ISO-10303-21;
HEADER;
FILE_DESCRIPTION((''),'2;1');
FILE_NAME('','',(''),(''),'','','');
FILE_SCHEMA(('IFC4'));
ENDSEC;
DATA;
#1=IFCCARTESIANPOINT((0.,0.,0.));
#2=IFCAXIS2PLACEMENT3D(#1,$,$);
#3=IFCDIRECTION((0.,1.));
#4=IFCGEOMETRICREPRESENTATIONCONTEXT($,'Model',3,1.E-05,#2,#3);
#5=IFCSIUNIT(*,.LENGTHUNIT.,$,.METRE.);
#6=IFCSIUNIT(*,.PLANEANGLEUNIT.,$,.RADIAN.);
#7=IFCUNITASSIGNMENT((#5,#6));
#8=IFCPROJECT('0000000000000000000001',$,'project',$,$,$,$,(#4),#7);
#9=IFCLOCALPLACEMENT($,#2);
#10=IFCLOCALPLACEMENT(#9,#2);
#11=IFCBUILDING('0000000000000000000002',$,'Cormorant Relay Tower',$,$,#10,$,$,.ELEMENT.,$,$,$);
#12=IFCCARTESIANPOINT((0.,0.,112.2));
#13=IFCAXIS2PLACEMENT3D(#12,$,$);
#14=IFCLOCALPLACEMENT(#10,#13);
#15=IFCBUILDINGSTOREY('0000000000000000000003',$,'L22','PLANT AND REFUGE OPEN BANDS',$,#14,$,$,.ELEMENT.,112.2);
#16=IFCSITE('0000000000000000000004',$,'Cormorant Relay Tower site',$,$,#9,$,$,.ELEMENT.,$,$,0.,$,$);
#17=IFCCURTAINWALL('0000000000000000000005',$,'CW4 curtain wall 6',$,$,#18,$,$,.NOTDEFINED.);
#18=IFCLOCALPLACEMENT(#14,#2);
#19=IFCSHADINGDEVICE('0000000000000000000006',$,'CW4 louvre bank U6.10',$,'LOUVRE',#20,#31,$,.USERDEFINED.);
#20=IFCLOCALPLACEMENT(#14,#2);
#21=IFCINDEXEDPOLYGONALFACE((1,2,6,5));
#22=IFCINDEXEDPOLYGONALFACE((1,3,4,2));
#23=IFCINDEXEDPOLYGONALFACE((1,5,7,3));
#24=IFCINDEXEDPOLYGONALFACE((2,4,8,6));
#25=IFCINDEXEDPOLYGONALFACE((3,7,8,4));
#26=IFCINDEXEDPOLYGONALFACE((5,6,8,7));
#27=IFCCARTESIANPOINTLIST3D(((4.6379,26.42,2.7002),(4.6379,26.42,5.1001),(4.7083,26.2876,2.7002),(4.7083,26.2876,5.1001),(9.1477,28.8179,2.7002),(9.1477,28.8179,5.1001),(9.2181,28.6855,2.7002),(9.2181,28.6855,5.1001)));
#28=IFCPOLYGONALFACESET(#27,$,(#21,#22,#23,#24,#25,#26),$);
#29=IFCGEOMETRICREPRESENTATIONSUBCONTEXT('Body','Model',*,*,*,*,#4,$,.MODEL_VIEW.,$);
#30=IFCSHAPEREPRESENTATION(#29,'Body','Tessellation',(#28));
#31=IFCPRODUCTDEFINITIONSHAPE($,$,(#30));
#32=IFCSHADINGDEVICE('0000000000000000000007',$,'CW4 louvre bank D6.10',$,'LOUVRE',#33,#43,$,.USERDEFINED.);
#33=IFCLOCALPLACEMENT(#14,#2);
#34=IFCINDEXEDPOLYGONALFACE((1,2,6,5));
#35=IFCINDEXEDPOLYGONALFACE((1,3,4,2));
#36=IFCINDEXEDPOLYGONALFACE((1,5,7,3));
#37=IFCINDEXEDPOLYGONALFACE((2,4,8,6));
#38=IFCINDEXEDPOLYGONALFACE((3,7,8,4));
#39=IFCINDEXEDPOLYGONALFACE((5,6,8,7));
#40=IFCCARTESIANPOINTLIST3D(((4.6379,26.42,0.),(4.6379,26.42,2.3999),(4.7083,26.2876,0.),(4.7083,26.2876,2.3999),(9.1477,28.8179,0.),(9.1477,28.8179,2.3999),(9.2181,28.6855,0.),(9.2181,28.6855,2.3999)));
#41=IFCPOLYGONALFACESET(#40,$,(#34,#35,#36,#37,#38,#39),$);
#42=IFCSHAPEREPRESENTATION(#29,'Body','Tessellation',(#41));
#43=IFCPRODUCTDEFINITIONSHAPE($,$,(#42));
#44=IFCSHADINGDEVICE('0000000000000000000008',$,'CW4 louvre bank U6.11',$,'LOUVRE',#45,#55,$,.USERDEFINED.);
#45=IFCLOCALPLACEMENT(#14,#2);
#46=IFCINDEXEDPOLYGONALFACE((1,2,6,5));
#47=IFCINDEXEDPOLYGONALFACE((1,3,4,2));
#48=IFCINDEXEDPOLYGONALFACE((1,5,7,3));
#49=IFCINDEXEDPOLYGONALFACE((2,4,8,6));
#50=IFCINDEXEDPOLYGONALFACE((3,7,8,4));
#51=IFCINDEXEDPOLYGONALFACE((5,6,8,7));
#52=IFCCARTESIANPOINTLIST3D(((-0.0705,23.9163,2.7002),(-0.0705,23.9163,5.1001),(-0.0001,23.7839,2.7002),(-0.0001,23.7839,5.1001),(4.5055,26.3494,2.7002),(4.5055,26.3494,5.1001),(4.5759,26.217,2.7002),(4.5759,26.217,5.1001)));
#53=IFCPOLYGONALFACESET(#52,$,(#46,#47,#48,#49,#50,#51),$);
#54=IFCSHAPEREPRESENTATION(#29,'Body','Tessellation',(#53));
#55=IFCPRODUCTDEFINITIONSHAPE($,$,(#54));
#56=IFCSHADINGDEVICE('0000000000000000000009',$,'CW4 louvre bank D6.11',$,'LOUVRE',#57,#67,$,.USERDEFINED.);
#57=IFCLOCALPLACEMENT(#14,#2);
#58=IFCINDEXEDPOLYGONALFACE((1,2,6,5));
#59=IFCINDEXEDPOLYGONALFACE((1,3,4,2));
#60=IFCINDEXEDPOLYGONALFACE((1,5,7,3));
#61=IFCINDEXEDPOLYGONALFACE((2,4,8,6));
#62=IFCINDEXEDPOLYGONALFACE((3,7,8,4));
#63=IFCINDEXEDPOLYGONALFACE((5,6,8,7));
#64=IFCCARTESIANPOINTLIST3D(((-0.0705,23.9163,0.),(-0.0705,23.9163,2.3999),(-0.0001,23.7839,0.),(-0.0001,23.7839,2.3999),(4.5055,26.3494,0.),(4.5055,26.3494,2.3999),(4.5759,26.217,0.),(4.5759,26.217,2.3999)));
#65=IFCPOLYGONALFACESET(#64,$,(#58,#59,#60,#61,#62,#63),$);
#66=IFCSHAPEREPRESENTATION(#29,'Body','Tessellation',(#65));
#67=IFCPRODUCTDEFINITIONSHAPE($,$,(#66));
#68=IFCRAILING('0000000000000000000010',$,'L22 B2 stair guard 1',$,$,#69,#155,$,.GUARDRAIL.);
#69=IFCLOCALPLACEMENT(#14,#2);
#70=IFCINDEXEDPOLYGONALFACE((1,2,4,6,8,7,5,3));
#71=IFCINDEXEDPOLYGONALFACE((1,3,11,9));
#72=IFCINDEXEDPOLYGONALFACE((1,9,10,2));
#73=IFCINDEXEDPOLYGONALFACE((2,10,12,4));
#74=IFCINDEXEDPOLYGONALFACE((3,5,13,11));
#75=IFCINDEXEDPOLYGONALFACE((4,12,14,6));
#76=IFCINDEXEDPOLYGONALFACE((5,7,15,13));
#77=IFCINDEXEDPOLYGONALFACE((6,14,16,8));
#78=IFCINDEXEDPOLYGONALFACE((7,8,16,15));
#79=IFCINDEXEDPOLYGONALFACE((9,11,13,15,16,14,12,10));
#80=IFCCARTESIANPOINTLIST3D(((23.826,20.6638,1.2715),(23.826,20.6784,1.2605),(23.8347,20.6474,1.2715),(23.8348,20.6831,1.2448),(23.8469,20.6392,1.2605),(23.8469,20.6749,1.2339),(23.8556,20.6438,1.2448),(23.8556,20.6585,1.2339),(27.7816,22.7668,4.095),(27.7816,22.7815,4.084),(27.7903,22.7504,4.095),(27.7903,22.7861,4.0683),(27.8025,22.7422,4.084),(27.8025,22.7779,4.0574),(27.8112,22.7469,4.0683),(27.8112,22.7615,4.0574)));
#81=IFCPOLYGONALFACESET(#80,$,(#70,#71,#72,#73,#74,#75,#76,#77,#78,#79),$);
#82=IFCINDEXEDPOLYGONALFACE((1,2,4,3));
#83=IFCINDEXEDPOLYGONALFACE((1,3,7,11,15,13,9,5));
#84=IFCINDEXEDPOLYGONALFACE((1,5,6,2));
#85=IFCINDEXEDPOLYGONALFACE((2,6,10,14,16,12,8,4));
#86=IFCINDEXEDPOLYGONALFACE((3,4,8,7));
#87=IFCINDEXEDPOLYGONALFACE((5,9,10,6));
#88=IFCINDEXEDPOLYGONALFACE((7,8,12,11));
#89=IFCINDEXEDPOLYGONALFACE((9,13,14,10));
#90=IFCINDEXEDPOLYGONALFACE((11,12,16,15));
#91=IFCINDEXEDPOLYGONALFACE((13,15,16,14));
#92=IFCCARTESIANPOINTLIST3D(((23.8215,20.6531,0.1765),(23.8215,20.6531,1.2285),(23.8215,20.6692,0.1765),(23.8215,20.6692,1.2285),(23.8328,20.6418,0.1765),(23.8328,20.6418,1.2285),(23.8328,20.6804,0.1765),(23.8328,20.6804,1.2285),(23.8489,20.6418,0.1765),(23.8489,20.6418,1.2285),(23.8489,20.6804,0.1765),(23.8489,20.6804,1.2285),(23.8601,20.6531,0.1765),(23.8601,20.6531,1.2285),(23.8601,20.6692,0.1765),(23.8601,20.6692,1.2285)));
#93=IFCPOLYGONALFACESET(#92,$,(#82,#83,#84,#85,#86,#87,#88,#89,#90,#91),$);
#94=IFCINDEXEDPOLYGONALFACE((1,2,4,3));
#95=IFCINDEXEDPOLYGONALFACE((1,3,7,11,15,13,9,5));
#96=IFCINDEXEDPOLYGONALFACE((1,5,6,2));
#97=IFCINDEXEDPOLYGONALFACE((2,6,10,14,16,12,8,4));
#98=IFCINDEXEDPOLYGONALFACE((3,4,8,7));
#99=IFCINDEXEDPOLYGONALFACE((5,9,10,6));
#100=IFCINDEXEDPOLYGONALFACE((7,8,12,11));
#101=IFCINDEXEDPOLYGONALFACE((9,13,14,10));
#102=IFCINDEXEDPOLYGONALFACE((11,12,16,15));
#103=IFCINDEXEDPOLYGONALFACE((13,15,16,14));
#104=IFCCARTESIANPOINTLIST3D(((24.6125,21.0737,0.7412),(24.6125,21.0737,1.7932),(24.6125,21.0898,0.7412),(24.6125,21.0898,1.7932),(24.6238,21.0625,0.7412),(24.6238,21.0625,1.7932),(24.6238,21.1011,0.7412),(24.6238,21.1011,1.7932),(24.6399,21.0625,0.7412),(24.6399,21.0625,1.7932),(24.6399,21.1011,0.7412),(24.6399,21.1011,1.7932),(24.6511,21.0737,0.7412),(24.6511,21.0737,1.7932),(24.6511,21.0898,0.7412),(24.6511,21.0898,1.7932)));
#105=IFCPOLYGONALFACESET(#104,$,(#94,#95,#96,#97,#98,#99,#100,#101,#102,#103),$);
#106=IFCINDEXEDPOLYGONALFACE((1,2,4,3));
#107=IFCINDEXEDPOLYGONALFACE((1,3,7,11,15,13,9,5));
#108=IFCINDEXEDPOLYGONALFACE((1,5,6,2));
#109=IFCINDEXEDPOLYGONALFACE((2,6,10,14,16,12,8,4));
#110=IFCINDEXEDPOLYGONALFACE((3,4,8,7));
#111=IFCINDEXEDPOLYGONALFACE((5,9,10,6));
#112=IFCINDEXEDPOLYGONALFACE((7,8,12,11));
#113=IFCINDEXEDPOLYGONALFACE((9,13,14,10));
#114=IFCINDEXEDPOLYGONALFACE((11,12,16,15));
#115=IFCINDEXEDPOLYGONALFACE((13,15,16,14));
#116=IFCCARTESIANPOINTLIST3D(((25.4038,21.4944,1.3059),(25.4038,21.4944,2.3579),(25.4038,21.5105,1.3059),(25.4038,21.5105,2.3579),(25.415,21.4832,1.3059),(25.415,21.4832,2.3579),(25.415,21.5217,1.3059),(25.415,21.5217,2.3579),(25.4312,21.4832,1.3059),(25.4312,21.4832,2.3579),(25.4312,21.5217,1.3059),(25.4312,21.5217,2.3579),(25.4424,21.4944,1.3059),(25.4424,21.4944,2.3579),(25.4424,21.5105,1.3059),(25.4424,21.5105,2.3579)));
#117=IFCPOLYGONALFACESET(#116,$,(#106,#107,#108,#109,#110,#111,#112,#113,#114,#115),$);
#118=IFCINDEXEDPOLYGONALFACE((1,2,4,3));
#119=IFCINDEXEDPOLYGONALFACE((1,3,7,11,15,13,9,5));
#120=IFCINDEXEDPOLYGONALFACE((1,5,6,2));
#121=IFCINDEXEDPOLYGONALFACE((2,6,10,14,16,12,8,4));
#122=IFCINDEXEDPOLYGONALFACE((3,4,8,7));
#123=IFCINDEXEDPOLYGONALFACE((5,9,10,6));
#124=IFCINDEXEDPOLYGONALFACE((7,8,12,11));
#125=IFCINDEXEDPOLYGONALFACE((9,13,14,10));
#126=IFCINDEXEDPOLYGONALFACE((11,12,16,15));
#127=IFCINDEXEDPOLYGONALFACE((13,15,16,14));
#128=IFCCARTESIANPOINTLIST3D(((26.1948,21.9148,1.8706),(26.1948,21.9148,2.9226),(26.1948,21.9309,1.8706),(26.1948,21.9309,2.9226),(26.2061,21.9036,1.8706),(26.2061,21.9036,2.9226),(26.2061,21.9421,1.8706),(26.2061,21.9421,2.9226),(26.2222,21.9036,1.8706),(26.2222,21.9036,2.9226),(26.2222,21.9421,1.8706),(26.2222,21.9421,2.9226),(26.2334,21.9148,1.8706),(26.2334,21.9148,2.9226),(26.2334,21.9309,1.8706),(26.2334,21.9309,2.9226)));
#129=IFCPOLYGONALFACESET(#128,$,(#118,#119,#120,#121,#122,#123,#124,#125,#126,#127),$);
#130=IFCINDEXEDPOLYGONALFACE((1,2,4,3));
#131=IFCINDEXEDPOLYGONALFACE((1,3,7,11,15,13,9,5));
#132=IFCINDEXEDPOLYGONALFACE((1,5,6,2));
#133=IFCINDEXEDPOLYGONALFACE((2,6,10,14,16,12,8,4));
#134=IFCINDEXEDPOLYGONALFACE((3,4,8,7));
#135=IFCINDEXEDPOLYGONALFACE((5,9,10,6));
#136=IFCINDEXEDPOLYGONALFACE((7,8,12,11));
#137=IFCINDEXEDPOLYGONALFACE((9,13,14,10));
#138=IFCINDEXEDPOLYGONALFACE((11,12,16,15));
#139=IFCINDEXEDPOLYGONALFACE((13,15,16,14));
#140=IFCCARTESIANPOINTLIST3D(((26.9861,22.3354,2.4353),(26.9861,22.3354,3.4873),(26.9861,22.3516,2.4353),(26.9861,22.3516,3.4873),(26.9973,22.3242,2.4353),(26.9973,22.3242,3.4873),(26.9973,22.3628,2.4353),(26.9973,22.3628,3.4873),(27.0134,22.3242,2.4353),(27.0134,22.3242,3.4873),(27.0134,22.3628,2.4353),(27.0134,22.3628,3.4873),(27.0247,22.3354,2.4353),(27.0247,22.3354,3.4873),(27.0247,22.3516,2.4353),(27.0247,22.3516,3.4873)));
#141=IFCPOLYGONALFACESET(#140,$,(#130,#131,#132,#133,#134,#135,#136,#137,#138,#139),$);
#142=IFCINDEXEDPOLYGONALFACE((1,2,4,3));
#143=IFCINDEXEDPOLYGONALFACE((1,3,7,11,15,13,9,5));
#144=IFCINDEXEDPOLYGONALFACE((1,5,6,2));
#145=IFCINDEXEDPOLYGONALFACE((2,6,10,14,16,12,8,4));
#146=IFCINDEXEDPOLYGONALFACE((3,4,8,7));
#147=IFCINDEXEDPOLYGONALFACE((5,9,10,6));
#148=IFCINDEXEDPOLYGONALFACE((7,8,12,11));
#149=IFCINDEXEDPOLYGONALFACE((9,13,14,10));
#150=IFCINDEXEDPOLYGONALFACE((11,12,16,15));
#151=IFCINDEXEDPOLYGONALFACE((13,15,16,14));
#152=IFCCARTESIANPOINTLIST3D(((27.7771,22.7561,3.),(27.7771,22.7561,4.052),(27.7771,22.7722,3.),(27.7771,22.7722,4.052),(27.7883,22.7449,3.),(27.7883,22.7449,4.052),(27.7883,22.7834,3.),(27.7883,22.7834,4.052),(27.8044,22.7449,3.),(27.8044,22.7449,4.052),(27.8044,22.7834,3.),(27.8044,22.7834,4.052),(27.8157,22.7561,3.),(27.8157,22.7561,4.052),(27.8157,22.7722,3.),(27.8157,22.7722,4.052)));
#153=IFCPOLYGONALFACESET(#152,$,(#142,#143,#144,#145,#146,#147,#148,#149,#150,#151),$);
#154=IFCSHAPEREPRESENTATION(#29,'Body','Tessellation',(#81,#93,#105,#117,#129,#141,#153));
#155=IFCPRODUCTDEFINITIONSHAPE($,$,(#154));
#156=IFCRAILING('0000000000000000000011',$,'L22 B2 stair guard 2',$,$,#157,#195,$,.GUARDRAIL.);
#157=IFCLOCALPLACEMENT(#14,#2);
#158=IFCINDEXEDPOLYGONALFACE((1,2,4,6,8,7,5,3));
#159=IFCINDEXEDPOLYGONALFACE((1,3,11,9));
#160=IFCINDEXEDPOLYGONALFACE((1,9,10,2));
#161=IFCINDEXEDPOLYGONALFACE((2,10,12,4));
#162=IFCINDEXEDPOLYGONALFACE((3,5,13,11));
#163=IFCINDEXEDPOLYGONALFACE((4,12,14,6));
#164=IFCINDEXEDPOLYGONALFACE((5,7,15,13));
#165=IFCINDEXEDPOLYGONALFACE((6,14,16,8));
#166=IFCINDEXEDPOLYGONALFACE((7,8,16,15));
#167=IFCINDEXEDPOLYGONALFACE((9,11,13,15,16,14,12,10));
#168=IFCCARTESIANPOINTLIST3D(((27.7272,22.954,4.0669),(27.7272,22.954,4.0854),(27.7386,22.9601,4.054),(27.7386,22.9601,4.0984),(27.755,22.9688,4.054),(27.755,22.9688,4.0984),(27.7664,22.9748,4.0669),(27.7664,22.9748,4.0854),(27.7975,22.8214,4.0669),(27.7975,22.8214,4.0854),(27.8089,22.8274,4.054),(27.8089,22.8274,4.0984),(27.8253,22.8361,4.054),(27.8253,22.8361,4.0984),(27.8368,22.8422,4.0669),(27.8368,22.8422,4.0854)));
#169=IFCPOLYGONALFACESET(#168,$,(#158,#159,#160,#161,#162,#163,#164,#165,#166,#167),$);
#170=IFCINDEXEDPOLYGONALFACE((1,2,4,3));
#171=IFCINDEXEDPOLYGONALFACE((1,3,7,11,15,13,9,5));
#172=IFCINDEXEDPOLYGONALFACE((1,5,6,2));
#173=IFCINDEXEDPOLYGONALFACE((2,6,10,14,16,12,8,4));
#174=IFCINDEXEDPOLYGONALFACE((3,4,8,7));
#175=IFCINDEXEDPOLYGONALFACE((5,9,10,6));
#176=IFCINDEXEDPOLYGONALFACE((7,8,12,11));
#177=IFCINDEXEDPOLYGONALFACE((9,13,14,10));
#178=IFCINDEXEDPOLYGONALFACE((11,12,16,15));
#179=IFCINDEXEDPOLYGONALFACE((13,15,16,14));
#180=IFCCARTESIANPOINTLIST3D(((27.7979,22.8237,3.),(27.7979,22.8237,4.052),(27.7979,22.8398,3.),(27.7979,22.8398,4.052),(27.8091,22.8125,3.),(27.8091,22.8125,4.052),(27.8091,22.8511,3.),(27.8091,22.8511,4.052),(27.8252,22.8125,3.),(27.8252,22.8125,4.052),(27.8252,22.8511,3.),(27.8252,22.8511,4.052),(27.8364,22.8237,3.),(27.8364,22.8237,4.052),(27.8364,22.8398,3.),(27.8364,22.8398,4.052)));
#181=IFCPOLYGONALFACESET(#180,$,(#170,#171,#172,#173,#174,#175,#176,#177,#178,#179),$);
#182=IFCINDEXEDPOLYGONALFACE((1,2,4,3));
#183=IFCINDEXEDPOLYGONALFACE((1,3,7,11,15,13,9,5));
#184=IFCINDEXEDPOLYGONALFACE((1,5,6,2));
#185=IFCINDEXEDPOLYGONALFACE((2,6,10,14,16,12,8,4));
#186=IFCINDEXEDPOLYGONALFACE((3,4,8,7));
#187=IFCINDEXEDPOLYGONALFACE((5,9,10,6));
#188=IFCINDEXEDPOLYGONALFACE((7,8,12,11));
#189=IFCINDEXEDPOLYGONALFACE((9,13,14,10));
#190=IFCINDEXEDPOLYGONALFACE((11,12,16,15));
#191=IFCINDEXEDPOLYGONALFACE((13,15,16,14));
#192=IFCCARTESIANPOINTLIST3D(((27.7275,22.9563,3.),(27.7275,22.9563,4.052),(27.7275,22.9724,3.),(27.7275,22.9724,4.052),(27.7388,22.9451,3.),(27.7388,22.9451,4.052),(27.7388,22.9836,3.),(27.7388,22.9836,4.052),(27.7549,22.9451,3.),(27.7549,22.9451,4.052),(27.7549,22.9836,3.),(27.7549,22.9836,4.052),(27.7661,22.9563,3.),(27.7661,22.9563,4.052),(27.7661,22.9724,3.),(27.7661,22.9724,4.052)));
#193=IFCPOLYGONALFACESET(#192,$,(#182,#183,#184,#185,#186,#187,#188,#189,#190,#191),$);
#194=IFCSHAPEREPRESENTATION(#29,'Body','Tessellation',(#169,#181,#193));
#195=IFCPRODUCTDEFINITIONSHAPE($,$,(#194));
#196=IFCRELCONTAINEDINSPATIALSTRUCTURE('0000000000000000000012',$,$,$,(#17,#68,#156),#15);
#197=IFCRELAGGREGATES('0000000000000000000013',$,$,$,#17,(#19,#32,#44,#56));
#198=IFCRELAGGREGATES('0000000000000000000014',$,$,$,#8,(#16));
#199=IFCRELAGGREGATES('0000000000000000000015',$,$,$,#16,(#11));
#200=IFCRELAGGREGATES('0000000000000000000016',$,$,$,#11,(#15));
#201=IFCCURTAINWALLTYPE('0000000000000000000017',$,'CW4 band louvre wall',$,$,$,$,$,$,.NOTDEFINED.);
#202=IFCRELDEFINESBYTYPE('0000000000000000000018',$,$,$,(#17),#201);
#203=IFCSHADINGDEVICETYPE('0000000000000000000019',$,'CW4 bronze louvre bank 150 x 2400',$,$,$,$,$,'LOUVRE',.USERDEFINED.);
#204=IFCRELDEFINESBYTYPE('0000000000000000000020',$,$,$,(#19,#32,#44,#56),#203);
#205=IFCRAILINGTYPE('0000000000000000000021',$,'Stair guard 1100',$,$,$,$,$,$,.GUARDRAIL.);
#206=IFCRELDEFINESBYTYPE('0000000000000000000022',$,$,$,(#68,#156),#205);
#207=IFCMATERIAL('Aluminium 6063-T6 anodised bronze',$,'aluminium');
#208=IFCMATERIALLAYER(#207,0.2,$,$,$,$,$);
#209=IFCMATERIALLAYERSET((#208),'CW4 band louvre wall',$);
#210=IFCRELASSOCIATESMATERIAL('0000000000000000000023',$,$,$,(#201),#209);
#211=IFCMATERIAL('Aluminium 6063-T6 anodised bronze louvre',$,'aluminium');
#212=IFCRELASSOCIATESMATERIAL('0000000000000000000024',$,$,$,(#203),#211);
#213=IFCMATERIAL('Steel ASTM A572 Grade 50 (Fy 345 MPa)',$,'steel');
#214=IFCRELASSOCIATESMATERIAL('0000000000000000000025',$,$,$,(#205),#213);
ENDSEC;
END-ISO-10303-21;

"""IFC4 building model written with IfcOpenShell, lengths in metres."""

from ifc_helpers import new_model, si_unit, direction, frame, origin, origin_2d, place, context, subcontext, project, spatial, polyline, rectangle, outline, extrude, material, layer, layer_set, type_object, element, aggregate, save


model = new_model("IFC4")

# Units and contexts
model_context = context("Model", 3, precision=1e-05, world=origin(), true_north=direction((0.0, 1.0)))
body_context = subcontext(model_context, "Body", "Model", "MODEL_VIEW")
ifc_project = project(units=[si_unit("LENGTHUNIT", "METRE"), si_unit("PLANEANGLEUNIT", "RADIAN")], contexts=[model_context])

# Site, building, storey
site_placement = place(None, origin())
site = spatial("IfcSite", under=ifc_project, at=site_placement, Name="Cormorant Relay Tower site", CompositionType="ELEMENT", RefElevation=0.0)
building_placement = place(site_placement, origin())
building = spatial("IfcBuilding", under=site, at=building_placement, Name="Cormorant Relay Tower", CompositionType="ELEMENT")
storey_placement = place(building_placement, frame((0.0, 0.0, 112.2)))
storey = spatial("IfcBuildingStorey", under=building, at=storey_placement, Name="L22", Description="PLANT AND REFUGE OPEN BANDS", CompositionType="ELEMENT", Elevation=112.2)

# Curtain wall
ifc_material_1 = material(Name="Aluminium 6063-T6 anodised bronze", Category="aluminium")
ifc_layer_1 = layer(ifc_material_1, 0.2)
ifc_layer_set_1 = layer_set([ifc_layer_1], Name="CW4 band louvre wall")
curtain_wall_type = type_object("IfcCurtainWallType", Name="CW4 band louvre wall", PredefinedType="NOTDEFINED", material=ifc_layer_set_1)
curtain_wall_placement = place(storey_placement, origin())
curtain_wall = element("IfcCurtainWall", 1, at=curtain_wall_placement, inside=storey, type_object=curtain_wall_type, Name="CW4 curtain wall 6", PredefinedType="NOTDEFINED")

# Shading devices
ifc_material_2 = material(Name="Aluminium 6063-T6 anodised bronze louvre", Category="aluminium")
shading_device_type = type_object("IfcShadingDeviceType", Name="CW4 bronze louvre bank 150 x 2400", ElementType="LOUVRE", PredefinedType="USERDEFINED", material=ifc_material_2)
shading_device_1_placement = place(storey_placement, frame((6.928, 27.5527, 2.7002), z_axis=(0.0, 0.0, 1.0), x_axis=(-0.882948, -0.469472, 0.0)))
shading_device_1 = element("IfcShadingDevice", 2, at=shading_device_1_placement, type_object=shading_device_type, Name="CW4 louvre bank U6.10", ObjectType="LOUVRE", PredefinedType="USERDEFINED", context=body_context, shape_type="SweptSolid", body=[
    extrude(rectangle(XDim=5.1077, YDim=0.1499, at=origin_2d()), origin(), (0.0, 0.0, 1.0), 2.3999),
])
shading_device_2_placement = place(storey_placement, frame((6.928, 27.5527, 0.0), z_axis=(0.0, 0.0, 1.0), x_axis=(-0.882948, -0.469472, 0.0)))
shading_device_2 = element("IfcShadingDevice", 3, at=shading_device_2_placement, type_object=shading_device_type, Name="CW4 louvre bank D6.10", ObjectType="LOUVRE", PredefinedType="USERDEFINED", context=body_context, shape_type="SweptSolid", body=[
    extrude(rectangle(XDim=5.1077, YDim=0.1499, at=origin_2d()), origin(), (0.0, 0.0, 1.0), 2.3999),
])
shading_device_3_placement = place(storey_placement, frame((2.2527, 25.0667, 2.7002), z_axis=(0.0, 0.0, 1.0), x_axis=(-0.882948, -0.469472, 0.0)))
shading_device_3 = element("IfcShadingDevice", 4, at=shading_device_3_placement, type_object=shading_device_type, Name="CW4 louvre bank U6.11", ObjectType="LOUVRE", PredefinedType="USERDEFINED", context=body_context, shape_type="SweptSolid", body=[
    extrude(rectangle(XDim=5.1826, YDim=0.1499, at=origin_2d()), origin(), (0.0, 0.0, 1.0), 2.3999),
])
shading_device_4_placement = place(storey_placement, frame((2.2527, 25.0667, 0.0), z_axis=(0.0, 0.0, 1.0), x_axis=(-0.882948, -0.469472, 0.0)))
shading_device_4 = element("IfcShadingDevice", 5, at=shading_device_4_placement, type_object=shading_device_type, Name="CW4 louvre bank D6.11", ObjectType="LOUVRE", PredefinedType="USERDEFINED", context=body_context, shape_type="SweptSolid", body=[
    extrude(rectangle(XDim=5.1826, YDim=0.1499, at=origin_2d()), origin(), (0.0, 0.0, 1.0), 2.3999),
])
aggregate(curtain_wall, [shading_device_1, shading_device_2, shading_device_3, shading_device_4])

# Railings
ifc_material_3 = material(Name="Steel ASTM A572 Grade 50 (Fy 345 MPa)", Category="steel")
railing_type_1 = type_object("IfcRailingType", Name="Stair guard 1100", PredefinedType="GUARDRAIL", material=ifc_material_3)
railing_1_placement = place(storey_placement, frame((23.8408, 20.6611, 0.1765)))
element("IfcRailing", 6, at=railing_1_placement, inside=storey, type_object=railing_type_1, Name="L22 B2 stair guard 1", PredefinedType="GUARDRAIL", context=body_context, shape_type="SweptSolid", body=[
    extrude(outline(polyline([(0.0222, 0.0093), (0.0093, 0.0222), (-0.0093, 0.0222), (-0.0222, 0.0093), (-0.0222, -0.0093), (-0.0093, -0.0222), (0.0093, -0.0222), (0.0222, -0.0093), (0.0222, 0.0093)])), frame((0.0, 0.0, 1.0762), z_axis=(0.746981, 0.397142, 0.533196), x_axis=(-0.469439, 0.882965, 0.0)), (0.0, 0.0, 1.0), 5.2954),
    extrude(outline(polyline([(0.0193, 0.0081), (0.0081, 0.0193), (-0.0081, 0.0193), (-0.0193, 0.0081), (-0.0193, -0.0081), (-0.0081, -0.0193), (0.0081, -0.0193), (0.0193, -0.0081), (0.0193, 0.0081)])), origin(), (0.0, 0.0, 1.0), 1.052),
    extrude(outline(polyline([(0.0193, 0.0081), (0.0081, 0.0193), (-0.0081, 0.0193), (-0.0193, 0.0081), (-0.0193, -0.0081), (-0.0081, -0.0193), (0.0081, -0.0193), (0.0193, -0.0081), (0.0193, 0.0081)])), frame((0.791, 0.4207, 0.5647)), (0.0, 0.0, 1.0), 1.052),
    extrude(outline(polyline([(0.0193, 0.0081), (0.0081, 0.0193), (-0.0081, 0.0193), (-0.0193, 0.0081), (-0.0193, -0.0081), (-0.0081, -0.0193), (0.0081, -0.0193), (0.0193, -0.0081), (0.0193, 0.0081)])), frame((1.5823, 0.8413, 1.1294)), (0.0, 0.0, 1.0), 1.052),
    extrude(outline(polyline([(0.0193, 0.0081), (0.0081, 0.0193), (-0.0081, 0.0193), (-0.0193, 0.0081), (-0.0193, -0.0081), (-0.0081, -0.0193), (0.0081, -0.0193), (0.0193, -0.0081), (0.0193, 0.0081)])), frame((2.3733, 1.2617, 1.6941)), (0.0, 0.0, 1.0), 1.052),
    extrude(outline(polyline([(0.0193, 0.0081), (0.0081, 0.0193), (-0.0081, 0.0193), (-0.0193, 0.0081), (-0.0193, -0.0081), (-0.0081, -0.0193), (0.0081, -0.0193), (0.0193, -0.0081), (0.0193, 0.0081)])), frame((3.1646, 1.6824, 2.2588)), (0.0, 0.0, 1.0), 1.052),
    extrude(outline(polyline([(0.0193, 0.0081), (0.0081, 0.0193), (-0.0081, 0.0193), (-0.0193, 0.0081), (-0.0193, -0.0081), (-0.0081, -0.0193), (0.0081, -0.0193), (0.0193, -0.0081), (0.0193, 0.0081)])), frame((3.9556, 2.103, 2.8235)), (0.0, 0.0, 1.0), 1.052),
])
railing_2_placement = place(storey_placement, frame((27.8171, 22.8318, 3.0)))
element("IfcRailing", 7, at=railing_2_placement, inside=storey, type_object=railing_type_1, Name="L22 B2 stair guard 2", PredefinedType="GUARDRAIL", context=body_context, shape_type="SweptSolid", body=[
    extrude(outline(polyline([(0.0222, 0.0093), (0.0093, 0.0222), (-0.0093, 0.0222), (-0.0222, 0.0093), (-0.0222, -0.0093), (-0.0093, -0.0222), (0.0093, -0.0222), (0.0222, -0.0093), (0.0222, 0.0093)])), frame((0.0, 0.0, 1.0762), z_axis=(-0.46856, 0.883431, 0.0), x_axis=(-0.883431, -0.46856, 0.0)), (0.0, 0.0, 1.0), 0.1501),
    extrude(outline(polyline([(0.0193, 0.0081), (0.0081, 0.0193), (-0.0081, 0.0193), (-0.0193, 0.0081), (-0.0193, -0.0081), (-0.0081, -0.0193), (0.0081, -0.0193), (0.0193, -0.0081), (0.0193, 0.0081)])), origin(), (0.0, 0.0, 1.0), 1.052),
    extrude(outline(polyline([(0.0193, 0.0081), (0.0081, 0.0193), (-0.0081, 0.0193), (-0.0193, 0.0081), (-0.0193, -0.0081), (-0.0081, -0.0193), (0.0081, -0.0193), (0.0193, -0.0081), (0.0193, 0.0081)])), frame((-0.0703, 0.1326, 0.0)), (0.0, 0.0, 1.0), 1.052),
])

save(model, "model.ifc")
